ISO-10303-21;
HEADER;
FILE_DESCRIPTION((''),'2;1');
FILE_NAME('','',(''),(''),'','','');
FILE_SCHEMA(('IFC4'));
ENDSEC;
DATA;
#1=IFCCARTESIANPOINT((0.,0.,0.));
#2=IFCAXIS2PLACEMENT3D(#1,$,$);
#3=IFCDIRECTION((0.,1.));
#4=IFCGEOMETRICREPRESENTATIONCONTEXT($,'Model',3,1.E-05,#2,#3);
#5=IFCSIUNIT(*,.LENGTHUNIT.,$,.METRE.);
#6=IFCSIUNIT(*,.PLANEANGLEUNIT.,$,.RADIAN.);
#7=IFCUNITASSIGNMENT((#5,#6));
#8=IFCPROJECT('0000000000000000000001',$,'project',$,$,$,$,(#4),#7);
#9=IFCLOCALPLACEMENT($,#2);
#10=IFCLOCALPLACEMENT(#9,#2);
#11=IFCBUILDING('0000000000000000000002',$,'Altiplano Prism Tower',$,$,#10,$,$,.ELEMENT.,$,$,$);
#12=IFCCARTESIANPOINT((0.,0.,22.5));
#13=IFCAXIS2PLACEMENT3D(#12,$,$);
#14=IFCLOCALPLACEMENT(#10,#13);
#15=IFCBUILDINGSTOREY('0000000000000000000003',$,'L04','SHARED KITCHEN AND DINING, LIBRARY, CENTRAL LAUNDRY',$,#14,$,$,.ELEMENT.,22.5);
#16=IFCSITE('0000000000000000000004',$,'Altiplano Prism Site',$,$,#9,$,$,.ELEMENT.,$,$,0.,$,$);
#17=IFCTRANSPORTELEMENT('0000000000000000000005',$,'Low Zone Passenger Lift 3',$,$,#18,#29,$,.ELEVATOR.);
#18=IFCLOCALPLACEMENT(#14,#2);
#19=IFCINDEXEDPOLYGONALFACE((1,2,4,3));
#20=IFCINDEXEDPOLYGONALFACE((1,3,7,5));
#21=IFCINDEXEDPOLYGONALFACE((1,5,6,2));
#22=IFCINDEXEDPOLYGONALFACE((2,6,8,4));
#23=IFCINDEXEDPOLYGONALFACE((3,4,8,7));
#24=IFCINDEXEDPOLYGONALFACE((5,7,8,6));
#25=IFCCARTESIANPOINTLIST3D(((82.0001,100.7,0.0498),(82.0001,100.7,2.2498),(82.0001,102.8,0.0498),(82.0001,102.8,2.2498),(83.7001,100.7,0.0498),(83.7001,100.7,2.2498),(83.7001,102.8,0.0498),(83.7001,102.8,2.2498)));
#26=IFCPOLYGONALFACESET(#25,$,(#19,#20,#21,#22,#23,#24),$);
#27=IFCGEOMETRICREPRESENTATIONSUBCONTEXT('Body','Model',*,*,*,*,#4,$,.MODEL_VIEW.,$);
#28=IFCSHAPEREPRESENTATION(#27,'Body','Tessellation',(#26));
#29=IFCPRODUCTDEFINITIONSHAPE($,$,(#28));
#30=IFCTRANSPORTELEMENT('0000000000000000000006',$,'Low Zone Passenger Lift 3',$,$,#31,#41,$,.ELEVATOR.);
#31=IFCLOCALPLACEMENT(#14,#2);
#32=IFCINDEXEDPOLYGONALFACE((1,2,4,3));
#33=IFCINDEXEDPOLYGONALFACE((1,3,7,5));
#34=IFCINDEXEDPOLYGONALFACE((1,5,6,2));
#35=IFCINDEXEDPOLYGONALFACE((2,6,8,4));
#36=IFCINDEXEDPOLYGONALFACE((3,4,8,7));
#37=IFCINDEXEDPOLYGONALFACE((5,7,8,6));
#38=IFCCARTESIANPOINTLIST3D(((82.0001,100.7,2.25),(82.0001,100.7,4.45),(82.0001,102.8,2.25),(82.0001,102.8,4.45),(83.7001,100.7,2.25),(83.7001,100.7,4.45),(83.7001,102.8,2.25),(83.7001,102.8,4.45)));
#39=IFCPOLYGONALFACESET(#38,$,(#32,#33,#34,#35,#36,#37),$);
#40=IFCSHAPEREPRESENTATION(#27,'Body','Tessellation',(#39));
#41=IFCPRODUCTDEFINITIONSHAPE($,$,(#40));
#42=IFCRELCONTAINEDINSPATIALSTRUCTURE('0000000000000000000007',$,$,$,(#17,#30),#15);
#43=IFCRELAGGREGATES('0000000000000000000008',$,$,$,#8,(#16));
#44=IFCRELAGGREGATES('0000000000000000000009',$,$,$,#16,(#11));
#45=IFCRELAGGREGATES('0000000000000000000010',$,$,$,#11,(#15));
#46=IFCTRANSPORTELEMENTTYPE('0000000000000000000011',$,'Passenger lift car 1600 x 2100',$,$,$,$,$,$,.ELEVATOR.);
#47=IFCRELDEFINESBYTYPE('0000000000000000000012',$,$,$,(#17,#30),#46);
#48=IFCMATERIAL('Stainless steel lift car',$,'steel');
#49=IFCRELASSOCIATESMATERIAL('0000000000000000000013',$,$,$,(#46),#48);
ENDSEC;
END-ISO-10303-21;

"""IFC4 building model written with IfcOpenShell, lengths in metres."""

from ifc_helpers import new_model, si_unit, direction, frame, origin, origin_2d, place, context, subcontext, project, spatial, rectangle, extrude, material, type_object, element, save


model = new_model("IFC4")

# Units and contexts
model_context = context("Model", 3, precision=1e-05, world=origin(), true_north=direction((0.0, 1.0)))
body_context = subcontext(model_context, "Body", "Model", "MODEL_VIEW")
ifc_project = project(units=[si_unit("LENGTHUNIT", "METRE"), si_unit("PLANEANGLEUNIT", "RADIAN")], contexts=[model_context])

# Site, building, storey
site_placement = place(None, origin())
site = spatial("IfcSite", under=ifc_project, at=site_placement, Name="Altiplano Prism Site", CompositionType="ELEMENT", RefElevation=0.0)
building_placement = place(site_placement, origin())
building = spatial("IfcBuilding", under=site, at=building_placement, Name="Altiplano Prism Tower", CompositionType="ELEMENT")
storey_placement = place(building_placement, frame((0.0, 0.0, 22.5)))
storey = spatial("IfcBuildingStorey", under=building, at=storey_placement, Name="L04", Description="SHARED KITCHEN AND DINING, LIBRARY, CENTRAL LAUNDRY", CompositionType="ELEMENT", Elevation=22.5)

# Transport elements
ifc_material_1 = material(Name="Stainless steel lift car", Category="steel")
transport_element_type = type_object("IfcTransportElementType", Name="Passenger lift car 1600 x 2100", PredefinedType="ELEVATOR", material=ifc_material_1)
for number, where, z_axis, x_axis, name in (
    (1, (82.8501, 101.75, 0.0498), (0.0, 0.0, 1.0), (1.0, 0.0, 0.0), "Low Zone Passenger Lift 3"),
    (2, (82.8501, 101.75, 2.25), (0.0, 0.0, 1.0), (1.0, 0.0, 0.0), "Low Zone Passenger Lift 3"),
):
    element("IfcTransportElement", number, at=place(storey_placement, frame(where, z_axis=z_axis, x_axis=x_axis)), inside=storey, type_object=transport_element_type, Name=name, PredefinedType="ELEVATOR", context=body_context, shape_type="SweptSolid", body=[
        extrude(rectangle(XDim=1.7, YDim=2.1001, at=origin_2d()), origin(), (0.0, 0.0, 1.0), 2.2),
    ])

save(model, "model.ifc")
